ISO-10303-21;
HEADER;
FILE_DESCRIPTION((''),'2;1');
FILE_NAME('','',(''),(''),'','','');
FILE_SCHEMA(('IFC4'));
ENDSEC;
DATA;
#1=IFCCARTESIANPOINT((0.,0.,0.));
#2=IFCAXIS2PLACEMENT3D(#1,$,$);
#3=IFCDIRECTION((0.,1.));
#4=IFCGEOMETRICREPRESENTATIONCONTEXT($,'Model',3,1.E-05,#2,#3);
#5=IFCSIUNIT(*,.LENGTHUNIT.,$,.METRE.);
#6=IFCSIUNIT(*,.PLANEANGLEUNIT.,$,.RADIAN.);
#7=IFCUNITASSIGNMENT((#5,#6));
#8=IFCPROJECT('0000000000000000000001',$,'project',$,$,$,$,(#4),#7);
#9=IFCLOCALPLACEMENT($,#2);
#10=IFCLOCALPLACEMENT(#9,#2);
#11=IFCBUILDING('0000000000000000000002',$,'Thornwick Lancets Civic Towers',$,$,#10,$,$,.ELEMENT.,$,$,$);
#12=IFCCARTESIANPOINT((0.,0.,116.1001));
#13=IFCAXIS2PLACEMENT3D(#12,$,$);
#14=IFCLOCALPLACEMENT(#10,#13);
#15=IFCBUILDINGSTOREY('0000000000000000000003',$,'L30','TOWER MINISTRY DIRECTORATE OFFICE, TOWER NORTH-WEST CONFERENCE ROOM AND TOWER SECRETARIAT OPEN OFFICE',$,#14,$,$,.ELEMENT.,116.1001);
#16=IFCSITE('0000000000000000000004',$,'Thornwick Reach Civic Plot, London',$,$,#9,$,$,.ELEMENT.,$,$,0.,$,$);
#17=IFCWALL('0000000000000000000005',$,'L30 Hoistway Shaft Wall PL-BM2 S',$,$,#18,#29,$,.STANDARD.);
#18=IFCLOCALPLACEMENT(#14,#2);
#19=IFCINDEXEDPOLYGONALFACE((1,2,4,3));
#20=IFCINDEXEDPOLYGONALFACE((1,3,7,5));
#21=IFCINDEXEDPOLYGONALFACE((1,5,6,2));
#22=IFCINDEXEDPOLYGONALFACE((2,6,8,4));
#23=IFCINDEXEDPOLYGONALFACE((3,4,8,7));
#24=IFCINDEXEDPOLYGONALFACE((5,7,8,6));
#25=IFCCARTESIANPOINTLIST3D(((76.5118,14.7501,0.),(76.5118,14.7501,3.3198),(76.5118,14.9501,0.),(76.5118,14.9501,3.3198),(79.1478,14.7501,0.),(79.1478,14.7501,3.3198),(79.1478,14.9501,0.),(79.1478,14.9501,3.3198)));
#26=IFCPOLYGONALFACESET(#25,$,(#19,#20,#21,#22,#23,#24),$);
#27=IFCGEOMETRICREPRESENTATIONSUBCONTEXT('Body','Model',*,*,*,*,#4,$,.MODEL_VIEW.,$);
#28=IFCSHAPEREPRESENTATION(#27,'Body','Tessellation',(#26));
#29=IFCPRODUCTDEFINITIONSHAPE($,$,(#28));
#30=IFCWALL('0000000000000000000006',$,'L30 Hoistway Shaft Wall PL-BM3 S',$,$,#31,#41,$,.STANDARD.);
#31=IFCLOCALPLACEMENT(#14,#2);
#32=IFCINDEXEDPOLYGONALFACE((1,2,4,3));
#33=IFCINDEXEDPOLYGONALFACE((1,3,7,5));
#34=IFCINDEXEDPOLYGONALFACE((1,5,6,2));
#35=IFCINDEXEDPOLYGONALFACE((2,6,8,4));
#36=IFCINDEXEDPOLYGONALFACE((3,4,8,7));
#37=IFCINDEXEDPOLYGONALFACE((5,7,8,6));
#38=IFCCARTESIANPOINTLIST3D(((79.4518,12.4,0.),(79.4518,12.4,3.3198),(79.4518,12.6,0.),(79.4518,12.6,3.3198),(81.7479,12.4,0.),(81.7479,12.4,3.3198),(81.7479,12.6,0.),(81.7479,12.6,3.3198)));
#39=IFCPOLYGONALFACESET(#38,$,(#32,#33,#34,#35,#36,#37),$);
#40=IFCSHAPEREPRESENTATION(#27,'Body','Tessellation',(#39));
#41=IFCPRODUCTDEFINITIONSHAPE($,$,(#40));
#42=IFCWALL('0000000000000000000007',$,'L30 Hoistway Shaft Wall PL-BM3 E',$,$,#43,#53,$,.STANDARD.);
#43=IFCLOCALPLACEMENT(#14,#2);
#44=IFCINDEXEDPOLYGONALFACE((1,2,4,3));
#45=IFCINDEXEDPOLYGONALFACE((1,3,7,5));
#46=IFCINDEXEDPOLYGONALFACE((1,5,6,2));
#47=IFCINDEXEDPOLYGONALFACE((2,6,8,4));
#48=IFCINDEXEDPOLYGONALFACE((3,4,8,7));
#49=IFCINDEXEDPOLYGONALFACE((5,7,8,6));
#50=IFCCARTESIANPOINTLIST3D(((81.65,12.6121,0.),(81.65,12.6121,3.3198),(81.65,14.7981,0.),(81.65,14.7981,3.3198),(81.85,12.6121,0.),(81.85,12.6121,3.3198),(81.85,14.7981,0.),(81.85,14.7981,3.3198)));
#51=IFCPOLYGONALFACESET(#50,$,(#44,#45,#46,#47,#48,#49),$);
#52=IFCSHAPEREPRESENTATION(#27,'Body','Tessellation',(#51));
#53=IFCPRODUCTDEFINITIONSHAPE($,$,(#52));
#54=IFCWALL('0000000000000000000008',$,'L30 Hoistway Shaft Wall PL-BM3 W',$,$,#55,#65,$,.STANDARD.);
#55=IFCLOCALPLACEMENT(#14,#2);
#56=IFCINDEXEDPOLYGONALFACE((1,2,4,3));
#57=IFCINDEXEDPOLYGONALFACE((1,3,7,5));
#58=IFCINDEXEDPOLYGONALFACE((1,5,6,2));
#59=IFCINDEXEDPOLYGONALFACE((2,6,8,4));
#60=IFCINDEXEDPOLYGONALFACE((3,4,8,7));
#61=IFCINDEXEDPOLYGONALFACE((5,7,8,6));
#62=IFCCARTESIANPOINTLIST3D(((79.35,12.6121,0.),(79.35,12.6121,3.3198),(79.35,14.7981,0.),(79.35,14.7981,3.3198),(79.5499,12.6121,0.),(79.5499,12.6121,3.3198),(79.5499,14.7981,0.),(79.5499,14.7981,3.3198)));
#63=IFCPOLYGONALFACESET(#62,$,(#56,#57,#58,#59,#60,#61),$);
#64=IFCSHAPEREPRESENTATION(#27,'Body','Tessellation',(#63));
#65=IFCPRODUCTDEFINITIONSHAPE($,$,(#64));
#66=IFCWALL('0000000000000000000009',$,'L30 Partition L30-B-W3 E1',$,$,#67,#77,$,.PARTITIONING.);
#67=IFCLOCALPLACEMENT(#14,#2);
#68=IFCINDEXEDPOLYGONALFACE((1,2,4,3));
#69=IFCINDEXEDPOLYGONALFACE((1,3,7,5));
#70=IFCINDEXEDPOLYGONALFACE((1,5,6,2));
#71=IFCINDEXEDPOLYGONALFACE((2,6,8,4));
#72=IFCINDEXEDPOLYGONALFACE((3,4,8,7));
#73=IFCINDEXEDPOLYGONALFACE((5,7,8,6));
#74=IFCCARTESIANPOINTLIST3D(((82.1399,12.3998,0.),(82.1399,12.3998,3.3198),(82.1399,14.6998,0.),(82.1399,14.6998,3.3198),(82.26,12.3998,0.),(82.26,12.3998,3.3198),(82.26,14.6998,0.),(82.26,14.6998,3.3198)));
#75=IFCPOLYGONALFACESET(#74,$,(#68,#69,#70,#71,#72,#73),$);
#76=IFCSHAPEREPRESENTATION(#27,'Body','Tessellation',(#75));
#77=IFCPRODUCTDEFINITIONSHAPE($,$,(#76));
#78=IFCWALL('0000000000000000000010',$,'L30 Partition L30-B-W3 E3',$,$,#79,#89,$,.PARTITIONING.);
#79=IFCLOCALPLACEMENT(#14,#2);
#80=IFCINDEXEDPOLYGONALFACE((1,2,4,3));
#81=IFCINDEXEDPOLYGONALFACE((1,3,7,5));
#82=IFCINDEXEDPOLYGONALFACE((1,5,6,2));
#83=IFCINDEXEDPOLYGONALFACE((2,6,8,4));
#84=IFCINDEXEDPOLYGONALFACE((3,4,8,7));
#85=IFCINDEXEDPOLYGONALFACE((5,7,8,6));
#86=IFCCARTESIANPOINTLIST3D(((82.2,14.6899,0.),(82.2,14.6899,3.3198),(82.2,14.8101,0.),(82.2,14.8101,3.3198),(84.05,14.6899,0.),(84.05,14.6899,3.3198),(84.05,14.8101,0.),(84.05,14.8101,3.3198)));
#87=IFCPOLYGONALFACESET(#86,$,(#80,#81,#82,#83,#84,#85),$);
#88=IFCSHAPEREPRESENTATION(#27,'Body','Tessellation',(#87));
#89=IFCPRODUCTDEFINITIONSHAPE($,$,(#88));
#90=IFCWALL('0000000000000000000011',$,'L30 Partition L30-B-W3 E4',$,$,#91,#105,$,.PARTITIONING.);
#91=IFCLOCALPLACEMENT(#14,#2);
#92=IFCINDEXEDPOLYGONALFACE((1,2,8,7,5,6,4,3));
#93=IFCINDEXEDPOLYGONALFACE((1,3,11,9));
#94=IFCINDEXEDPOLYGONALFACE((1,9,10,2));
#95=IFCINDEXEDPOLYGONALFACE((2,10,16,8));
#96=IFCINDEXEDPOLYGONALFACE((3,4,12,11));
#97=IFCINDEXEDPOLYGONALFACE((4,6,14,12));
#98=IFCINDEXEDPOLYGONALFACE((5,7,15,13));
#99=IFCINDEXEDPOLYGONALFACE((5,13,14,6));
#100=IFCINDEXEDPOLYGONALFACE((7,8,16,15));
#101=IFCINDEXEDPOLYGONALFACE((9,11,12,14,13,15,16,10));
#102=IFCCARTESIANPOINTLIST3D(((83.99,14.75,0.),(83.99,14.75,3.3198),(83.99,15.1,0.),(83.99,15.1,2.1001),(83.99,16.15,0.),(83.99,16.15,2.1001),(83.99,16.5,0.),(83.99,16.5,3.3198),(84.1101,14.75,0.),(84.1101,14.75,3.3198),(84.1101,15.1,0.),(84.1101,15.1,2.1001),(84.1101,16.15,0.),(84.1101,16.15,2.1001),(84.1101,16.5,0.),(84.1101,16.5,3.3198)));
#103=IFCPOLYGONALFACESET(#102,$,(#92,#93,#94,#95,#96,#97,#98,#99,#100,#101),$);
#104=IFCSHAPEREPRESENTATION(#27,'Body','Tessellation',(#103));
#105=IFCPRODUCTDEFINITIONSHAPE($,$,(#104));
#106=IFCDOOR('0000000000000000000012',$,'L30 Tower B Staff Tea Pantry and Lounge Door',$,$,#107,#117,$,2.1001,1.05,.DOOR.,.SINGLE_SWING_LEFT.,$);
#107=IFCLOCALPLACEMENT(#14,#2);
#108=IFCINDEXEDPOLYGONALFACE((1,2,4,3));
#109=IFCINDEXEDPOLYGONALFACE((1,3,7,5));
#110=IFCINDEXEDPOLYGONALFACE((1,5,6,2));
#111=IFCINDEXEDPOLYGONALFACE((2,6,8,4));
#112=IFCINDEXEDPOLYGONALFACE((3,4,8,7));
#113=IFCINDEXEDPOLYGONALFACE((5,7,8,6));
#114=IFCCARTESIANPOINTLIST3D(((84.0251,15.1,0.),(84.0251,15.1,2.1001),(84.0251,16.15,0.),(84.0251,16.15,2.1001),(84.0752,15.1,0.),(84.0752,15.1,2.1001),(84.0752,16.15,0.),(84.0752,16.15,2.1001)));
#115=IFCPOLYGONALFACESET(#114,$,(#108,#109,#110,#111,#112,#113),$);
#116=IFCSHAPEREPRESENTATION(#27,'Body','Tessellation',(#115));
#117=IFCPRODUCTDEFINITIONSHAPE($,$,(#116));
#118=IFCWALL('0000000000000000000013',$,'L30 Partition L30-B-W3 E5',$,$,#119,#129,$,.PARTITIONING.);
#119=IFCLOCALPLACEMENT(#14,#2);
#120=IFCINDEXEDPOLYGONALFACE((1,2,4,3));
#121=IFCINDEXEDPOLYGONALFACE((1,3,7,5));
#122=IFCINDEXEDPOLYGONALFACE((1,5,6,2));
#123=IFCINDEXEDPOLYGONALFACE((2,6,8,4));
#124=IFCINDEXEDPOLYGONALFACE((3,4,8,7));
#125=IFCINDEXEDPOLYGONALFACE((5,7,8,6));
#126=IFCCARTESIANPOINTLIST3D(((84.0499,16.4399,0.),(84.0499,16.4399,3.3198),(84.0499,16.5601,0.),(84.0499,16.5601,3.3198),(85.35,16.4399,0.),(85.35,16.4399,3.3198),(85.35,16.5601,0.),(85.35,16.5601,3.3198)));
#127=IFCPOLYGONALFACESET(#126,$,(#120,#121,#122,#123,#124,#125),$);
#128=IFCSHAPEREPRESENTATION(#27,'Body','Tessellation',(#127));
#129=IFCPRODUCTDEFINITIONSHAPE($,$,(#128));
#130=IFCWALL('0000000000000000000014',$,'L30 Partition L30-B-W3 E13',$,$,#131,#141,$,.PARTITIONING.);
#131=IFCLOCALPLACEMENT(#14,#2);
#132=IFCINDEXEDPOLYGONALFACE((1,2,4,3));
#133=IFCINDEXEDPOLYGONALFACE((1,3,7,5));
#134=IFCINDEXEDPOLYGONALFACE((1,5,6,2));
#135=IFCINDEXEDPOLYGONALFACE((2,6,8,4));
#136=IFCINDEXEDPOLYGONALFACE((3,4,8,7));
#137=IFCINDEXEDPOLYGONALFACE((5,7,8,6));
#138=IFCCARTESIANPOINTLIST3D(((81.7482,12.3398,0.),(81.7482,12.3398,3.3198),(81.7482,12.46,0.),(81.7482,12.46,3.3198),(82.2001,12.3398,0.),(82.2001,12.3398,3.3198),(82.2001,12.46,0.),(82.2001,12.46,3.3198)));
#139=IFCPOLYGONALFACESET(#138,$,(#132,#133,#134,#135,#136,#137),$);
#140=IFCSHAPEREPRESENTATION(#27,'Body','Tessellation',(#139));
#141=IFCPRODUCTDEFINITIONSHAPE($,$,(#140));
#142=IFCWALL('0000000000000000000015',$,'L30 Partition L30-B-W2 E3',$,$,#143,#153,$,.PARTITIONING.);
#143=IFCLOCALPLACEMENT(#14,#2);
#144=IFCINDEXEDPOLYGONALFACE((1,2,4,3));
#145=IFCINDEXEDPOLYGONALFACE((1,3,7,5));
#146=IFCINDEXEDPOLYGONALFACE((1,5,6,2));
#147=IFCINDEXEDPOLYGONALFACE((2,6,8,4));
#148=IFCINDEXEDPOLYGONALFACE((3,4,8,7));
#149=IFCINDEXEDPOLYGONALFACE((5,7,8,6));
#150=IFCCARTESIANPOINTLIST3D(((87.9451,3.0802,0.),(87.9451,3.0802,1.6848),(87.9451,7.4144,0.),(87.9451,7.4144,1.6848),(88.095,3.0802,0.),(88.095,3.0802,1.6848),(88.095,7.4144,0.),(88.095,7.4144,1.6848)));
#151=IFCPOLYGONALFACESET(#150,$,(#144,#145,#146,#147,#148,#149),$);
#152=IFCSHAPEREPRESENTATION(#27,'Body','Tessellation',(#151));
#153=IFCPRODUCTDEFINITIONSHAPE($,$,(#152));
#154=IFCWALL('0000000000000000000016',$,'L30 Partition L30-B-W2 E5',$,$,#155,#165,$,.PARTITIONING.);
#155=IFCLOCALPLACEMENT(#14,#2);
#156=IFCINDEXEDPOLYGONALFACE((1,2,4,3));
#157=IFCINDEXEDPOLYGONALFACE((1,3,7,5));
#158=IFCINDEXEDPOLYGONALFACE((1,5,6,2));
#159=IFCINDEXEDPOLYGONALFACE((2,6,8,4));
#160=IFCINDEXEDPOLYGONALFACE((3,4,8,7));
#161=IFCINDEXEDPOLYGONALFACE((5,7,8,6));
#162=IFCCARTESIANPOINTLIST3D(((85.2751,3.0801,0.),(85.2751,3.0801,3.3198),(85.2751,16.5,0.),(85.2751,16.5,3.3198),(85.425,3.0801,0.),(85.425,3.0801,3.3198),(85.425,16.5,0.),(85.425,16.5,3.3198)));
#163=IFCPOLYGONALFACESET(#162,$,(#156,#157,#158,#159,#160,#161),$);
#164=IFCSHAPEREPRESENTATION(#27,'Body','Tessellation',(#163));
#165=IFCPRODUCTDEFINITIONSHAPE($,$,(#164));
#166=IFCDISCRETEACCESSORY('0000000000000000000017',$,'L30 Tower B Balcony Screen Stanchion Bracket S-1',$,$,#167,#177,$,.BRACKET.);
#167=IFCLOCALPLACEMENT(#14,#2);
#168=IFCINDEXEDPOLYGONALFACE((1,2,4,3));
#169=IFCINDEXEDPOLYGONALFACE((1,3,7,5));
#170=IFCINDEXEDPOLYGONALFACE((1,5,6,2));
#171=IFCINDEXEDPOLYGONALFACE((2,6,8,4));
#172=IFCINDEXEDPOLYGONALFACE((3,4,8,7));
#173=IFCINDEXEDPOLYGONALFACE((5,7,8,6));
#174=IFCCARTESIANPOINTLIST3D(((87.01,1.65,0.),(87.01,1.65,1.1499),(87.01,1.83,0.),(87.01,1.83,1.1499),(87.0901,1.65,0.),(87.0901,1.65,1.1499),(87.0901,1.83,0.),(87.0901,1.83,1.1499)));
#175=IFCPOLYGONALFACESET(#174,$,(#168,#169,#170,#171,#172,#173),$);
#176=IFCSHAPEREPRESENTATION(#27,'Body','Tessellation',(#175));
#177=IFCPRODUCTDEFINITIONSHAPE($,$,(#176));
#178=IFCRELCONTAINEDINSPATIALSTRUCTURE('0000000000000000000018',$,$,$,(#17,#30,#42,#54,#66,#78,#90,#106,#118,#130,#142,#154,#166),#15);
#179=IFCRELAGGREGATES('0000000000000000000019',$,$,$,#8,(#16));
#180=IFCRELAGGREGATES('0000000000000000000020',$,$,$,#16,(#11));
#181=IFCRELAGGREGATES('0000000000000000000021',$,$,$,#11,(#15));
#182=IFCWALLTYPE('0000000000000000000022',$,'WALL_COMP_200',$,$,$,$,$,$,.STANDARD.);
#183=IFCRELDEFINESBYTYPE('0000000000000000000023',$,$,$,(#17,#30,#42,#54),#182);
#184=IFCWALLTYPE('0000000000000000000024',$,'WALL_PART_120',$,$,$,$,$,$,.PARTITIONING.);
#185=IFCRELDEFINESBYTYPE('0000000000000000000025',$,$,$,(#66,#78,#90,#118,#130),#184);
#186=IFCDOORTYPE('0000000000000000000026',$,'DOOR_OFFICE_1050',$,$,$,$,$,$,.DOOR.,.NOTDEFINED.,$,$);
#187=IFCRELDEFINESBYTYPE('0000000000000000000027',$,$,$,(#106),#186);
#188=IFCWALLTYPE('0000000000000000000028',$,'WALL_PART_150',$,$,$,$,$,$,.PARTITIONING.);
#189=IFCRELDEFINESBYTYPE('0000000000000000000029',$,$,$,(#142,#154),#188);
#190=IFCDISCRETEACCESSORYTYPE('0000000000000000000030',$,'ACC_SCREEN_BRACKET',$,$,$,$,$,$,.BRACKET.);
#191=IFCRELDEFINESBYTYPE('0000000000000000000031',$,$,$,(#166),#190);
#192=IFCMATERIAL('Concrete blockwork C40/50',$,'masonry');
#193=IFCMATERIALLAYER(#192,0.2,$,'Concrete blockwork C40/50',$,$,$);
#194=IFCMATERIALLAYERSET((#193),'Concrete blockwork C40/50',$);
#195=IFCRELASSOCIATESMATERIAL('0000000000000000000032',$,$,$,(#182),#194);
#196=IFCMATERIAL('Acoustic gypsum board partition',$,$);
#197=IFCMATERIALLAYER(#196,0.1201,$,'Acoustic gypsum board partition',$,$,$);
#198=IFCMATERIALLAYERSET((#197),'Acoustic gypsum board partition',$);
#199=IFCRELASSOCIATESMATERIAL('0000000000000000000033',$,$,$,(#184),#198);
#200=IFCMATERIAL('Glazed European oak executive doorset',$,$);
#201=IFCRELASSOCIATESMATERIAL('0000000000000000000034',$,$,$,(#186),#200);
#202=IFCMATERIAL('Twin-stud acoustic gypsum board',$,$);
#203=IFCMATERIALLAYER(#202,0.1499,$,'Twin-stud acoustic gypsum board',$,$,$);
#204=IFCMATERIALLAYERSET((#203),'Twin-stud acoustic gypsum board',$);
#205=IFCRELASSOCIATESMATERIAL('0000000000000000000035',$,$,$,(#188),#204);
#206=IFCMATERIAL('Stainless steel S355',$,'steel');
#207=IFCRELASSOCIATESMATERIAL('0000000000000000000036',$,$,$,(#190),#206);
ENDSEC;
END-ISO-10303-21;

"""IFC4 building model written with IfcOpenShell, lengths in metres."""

from ifc_helpers import new_model, si_unit, direction, frame, frame_2d, origin, origin_2d, place, context, subcontext, project, spatial, rectangle, extrude, material, layer, layer_set, type_object, element, fill, save


model = new_model("IFC4")

# Units and contexts
model_context = context("Model", 3, precision=1e-05, world=origin(), true_north=direction((0.0, 1.0)))
body_context = subcontext(model_context, "Body", "Model", "MODEL_VIEW")
ifc_project = project(units=[si_unit("LENGTHUNIT", "METRE"), si_unit("PLANEANGLEUNIT", "RADIAN")], contexts=[model_context])

# Site, building, storey
site_placement = place(None, origin())
site = spatial("IfcSite", under=ifc_project, at=site_placement, Name="Thornwick Reach Civic Plot, London", CompositionType="ELEMENT", RefElevation=0.0)
building_placement = place(site_placement, origin())
building = spatial("IfcBuilding", under=site, at=building_placement, Name="Thornwick Lancets Civic Towers", CompositionType="ELEMENT")
storey_placement = place(building_placement, frame((0.0, 0.0, 116.1001)))
storey = spatial("IfcBuildingStorey", under=building, at=storey_placement, Name="L30", Description="TOWER MINISTRY DIRECTORATE OFFICE, TOWER NORTH-WEST CONFERENCE ROOM AND TOWER SECRETARIAT OPEN OFFICE", CompositionType="ELEMENT", Elevation=116.1001)

# Shared definitions
ifc_material_1 = material(Name="Concrete blockwork C40/50", Category="masonry")
ifc_layer_1 = layer(ifc_material_1, 0.2, Name="Concrete blockwork C40/50")
ifc_layer_set_1 = layer_set([ifc_layer_1], Name="Concrete blockwork C40/50")
wall_type_1 = type_object("IfcWallType", Name="WALL_COMP_200", PredefinedType="STANDARD", material=ifc_layer_set_1)

# Walls
wall_1_placement = place(storey_placement, frame((76.512, 14.8501, 0.0), z_axis=(0.0, 0.0, 1.0), x_axis=(1.0, 0.0, 0.0)))
element("IfcWall", 1, at=wall_1_placement, inside=storey, type_object=wall_type_1, Name="L30 Hoistway Shaft Wall PL-BM2 S", PredefinedType="STANDARD", context=body_context, shape_type="SweptSolid", body=[
    extrude(rectangle(XDim=2.636, YDim=0.2, at=frame_2d((1.3179, 0.0))), origin(), (0.0, 0.0, 1.0), 3.3198),
])
wall_2_placement = place(storey_placement, frame((79.4519, 12.5, 0.0), z_axis=(0.0, 0.0, 1.0), x_axis=(1.0, 0.0, 0.0)))
element("IfcWall", 2, at=wall_2_placement, inside=storey, type_object=wall_type_1, Name="L30 Hoistway Shaft Wall PL-BM3 S", PredefinedType="STANDARD", context=body_context, shape_type="SweptSolid", body=[
    extrude(rectangle(XDim=2.2961, YDim=0.2, at=frame_2d((1.1479, 0.0))), origin(), (0.0, 0.0, 1.0), 3.3198),
])
for number, where, z_axis, x_axis, name in (
    (3, (81.75, 12.6121, 0.0), (0.0, 0.0, 1.0), (0.0, 1.0, 0.0), "L30 Hoistway Shaft Wall PL-BM3 E"),
    (4, (79.45, 12.6121, 0.0), (0.0, 0.0, 1.0), (0.0, 1.0, 0.0), "L30 Hoistway Shaft Wall PL-BM3 W"),
):
    element("IfcWall", number, at=place(storey_placement, frame(where, z_axis=z_axis, x_axis=x_axis)), inside=storey, type_object=wall_type_1, Name=name, PredefinedType="STANDARD", context=body_context, shape_type="SweptSolid", body=[
        extrude(rectangle(XDim=2.186, YDim=0.2, at=frame_2d((1.093, 0.0))), origin(), (0.0, 0.0, 1.0), 3.3198),
    ])
ifc_material_2 = material(Name="Acoustic gypsum board partition")
ifc_layer_2 = layer(ifc_material_2, 0.1201, Name="Acoustic gypsum board partition")
ifc_layer_set_2 = layer_set([ifc_layer_2], Name="Acoustic gypsum board partition")
wall_type_2 = type_object("IfcWallType", Name="WALL_PART_120", PredefinedType="PARTITIONING", material=ifc_layer_set_2)
wall_3_placement = place(storey_placement, frame((82.2, 12.3999, 0.0), z_axis=(0.0, 0.0, 1.0), x_axis=(0.0, 1.0, 0.0)))
element("IfcWall", 5, at=wall_3_placement, inside=storey, type_object=wall_type_2, Name="L30 Partition L30-B-W3 E1", PredefinedType="PARTITIONING", context=body_context, shape_type="SweptSolid", body=[
    extrude(rectangle(XDim=2.3, YDim=0.1201, at=frame_2d((1.1499, 0.0))), origin(), (0.0, 0.0, 1.0), 3.3198),
])
wall_4_placement = place(storey_placement, frame((82.2, 14.75, 0.0), z_axis=(0.0, 0.0, 1.0), x_axis=(1.0, 0.0, 0.0)))
element("IfcWall", 6, at=wall_4_placement, inside=storey, type_object=wall_type_2, Name="L30 Partition L30-B-W3 E3", PredefinedType="PARTITIONING", context=body_context, shape_type="SweptSolid", body=[
    extrude(rectangle(XDim=1.8501, YDim=0.1201, at=frame_2d((0.925, 0.0))), origin(), (0.0, 0.0, 1.0), 3.3198),
])

# Wall, opening, door
wall_5_placement = place(storey_placement, frame((84.05, 14.75, 0.0), z_axis=(0.0, 0.0, 1.0), x_axis=(0.0, 1.0, 0.0)))
wall_5 = element("IfcWall", 7, at=wall_5_placement, inside=storey, type_object=wall_type_2, Name="L30 Partition L30-B-W3 E4", PredefinedType="PARTITIONING", context=body_context, shape_type="SweptSolid", body=[
    extrude(rectangle(XDim=1.75, YDim=0.1201, at=frame_2d((0.875, 0.0))), origin(), (0.0, 0.0, 1.0), 3.3198),
])
opening_1_placement = place(wall_5_placement, frame((0.3501, 0.0, 0.0)))
opening_1 = element("IfcOpeningElement", 8, at=opening_1_placement, cuts=wall_5, PredefinedType="OPENING", context=body_context, shape_type="SweptSolid", body=[
    extrude(rectangle(XDim=1.05, YDim=2.1001, at=frame_2d((0.5249, 1.05))), frame((0.0, 0.0701, 0.0), z_axis=(0.0, -1.0, 0.0), x_axis=(1.0, 0.0, 0.0)), (0.0, 0.0, 1.0), 0.1401),
])
ifc_material_3 = material(Name="Glazed European oak executive doorset")
door_type_1 = type_object("IfcDoorType", Name="DOOR_OFFICE_1050", OperationType="NOTDEFINED", PredefinedType="DOOR", material=ifc_material_3)
door_1_placement = place(opening_1_placement, origin())
door_1 = element("IfcDoor", 9, at=door_1_placement, inside=storey, type_object=door_type_1, Name="L30 Tower B Staff Tea Pantry and Lounge Door", OperationType="SINGLE_SWING_LEFT", OverallHeight=2.1001, OverallWidth=1.05, PredefinedType="DOOR", context=body_context, shape_type="SweptSolid", body=[
    extrude(rectangle(XDim=1.05, YDim=2.1001, at=frame_2d((0.5249, 1.05))), frame((0.0, 0.0249, 0.0), z_axis=(0.0, -1.0, 0.0), x_axis=(1.0, 0.0, 0.0)), (0.0, 0.0, 1.0), 0.05),
])
fill(opening_1, door_1)

# Walls
wall_6_placement = place(storey_placement, frame((84.05, 16.5, 0.0), z_axis=(0.0, 0.0, 1.0), x_axis=(1.0, 0.0, 0.0)))
element("IfcWall", 10, at=wall_6_placement, inside=storey, type_object=wall_type_2, Name="L30 Partition L30-B-W3 E5", PredefinedType="PARTITIONING", context=body_context, shape_type="SweptSolid", body=[
    extrude(rectangle(XDim=1.3, YDim=0.1201, at=frame_2d((0.6499, 0.0))), origin(), (0.0, 0.0, 1.0), 3.3198),
])
wall_7_placement = place(storey_placement, frame((81.748, 12.3999, 0.0), z_axis=(0.0, 0.0, 1.0), x_axis=(1.0, 0.0, 0.0)))
element("IfcWall", 11, at=wall_7_placement, inside=storey, type_object=wall_type_2, Name="L30 Partition L30-B-W3 E13", PredefinedType="PARTITIONING", context=body_context, shape_type="SweptSolid", body=[
    extrude(rectangle(XDim=0.4519, YDim=0.1201, at=frame_2d((0.2261, 0.0))), origin(), (0.0, 0.0, 1.0), 3.3198),
])
ifc_material_4 = material(Name="Twin-stud acoustic gypsum board")
ifc_layer_3 = layer(ifc_material_4, 0.1499, Name="Twin-stud acoustic gypsum board")
ifc_layer_set_3 = layer_set([ifc_layer_3], Name="Twin-stud acoustic gypsum board")
wall_type_3 = type_object("IfcWallType", Name="WALL_PART_150", PredefinedType="PARTITIONING", material=ifc_layer_set_3)
wall_8_placement = place(storey_placement, frame((88.02, 7.4143, 0.0), z_axis=(0.0, 0.0, 1.0), x_axis=(0.0, -1.0, 0.0)))
element("IfcWall", 12, at=wall_8_placement, inside=storey, type_object=wall_type_3, Name="L30 Partition L30-B-W2 E3", PredefinedType="PARTITIONING", context=body_context, shape_type="SweptSolid", body=[
    extrude(rectangle(XDim=4.3342, YDim=0.1499, at=frame_2d((2.167, 0.0))), origin(), (0.0, 0.0, 1.0), 1.6848),
])
wall_9_placement = place(storey_placement, frame((85.3501, 3.0801, 0.0), z_axis=(0.0, 0.0, 1.0), x_axis=(0.0, 1.0, 0.0)))
element("IfcWall", 13, at=wall_9_placement, inside=storey, type_object=wall_type_3, Name="L30 Partition L30-B-W2 E5", PredefinedType="PARTITIONING", context=body_context, shape_type="SweptSolid", body=[
    extrude(rectangle(XDim=13.4199, YDim=0.1499, at=frame_2d((6.71, 0.0))), origin(), (0.0, 0.0, 1.0), 3.3198),
])

# Discrete accessory
ifc_material_5 = material(Name="Stainless steel S355", Category="steel")
discrete_accessory_type = type_object("IfcDiscreteAccessoryType", Name="ACC_SCREEN_BRACKET", PredefinedType="BRACKET", material=ifc_material_5)
discrete_accessory_placement = place(storey_placement, frame((87.05, 1.74, 0.0), z_axis=(0.0, 0.0, 1.0), x_axis=(1.0, 0.0, 0.0)))
element("IfcDiscreteAccessory", 14, at=discrete_accessory_placement, inside=storey, type_object=discrete_accessory_type, Name="L30 Tower B Balcony Screen Stanchion Bracket S-1", PredefinedType="BRACKET", context=body_context, shape_type="SweptSolid", body=[
    extrude(rectangle(XDim=0.0801, YDim=0.1799, at=origin_2d()), origin(), (0.0, 0.0, 1.0), 1.1499),
])

save(model, "model.ifc")
